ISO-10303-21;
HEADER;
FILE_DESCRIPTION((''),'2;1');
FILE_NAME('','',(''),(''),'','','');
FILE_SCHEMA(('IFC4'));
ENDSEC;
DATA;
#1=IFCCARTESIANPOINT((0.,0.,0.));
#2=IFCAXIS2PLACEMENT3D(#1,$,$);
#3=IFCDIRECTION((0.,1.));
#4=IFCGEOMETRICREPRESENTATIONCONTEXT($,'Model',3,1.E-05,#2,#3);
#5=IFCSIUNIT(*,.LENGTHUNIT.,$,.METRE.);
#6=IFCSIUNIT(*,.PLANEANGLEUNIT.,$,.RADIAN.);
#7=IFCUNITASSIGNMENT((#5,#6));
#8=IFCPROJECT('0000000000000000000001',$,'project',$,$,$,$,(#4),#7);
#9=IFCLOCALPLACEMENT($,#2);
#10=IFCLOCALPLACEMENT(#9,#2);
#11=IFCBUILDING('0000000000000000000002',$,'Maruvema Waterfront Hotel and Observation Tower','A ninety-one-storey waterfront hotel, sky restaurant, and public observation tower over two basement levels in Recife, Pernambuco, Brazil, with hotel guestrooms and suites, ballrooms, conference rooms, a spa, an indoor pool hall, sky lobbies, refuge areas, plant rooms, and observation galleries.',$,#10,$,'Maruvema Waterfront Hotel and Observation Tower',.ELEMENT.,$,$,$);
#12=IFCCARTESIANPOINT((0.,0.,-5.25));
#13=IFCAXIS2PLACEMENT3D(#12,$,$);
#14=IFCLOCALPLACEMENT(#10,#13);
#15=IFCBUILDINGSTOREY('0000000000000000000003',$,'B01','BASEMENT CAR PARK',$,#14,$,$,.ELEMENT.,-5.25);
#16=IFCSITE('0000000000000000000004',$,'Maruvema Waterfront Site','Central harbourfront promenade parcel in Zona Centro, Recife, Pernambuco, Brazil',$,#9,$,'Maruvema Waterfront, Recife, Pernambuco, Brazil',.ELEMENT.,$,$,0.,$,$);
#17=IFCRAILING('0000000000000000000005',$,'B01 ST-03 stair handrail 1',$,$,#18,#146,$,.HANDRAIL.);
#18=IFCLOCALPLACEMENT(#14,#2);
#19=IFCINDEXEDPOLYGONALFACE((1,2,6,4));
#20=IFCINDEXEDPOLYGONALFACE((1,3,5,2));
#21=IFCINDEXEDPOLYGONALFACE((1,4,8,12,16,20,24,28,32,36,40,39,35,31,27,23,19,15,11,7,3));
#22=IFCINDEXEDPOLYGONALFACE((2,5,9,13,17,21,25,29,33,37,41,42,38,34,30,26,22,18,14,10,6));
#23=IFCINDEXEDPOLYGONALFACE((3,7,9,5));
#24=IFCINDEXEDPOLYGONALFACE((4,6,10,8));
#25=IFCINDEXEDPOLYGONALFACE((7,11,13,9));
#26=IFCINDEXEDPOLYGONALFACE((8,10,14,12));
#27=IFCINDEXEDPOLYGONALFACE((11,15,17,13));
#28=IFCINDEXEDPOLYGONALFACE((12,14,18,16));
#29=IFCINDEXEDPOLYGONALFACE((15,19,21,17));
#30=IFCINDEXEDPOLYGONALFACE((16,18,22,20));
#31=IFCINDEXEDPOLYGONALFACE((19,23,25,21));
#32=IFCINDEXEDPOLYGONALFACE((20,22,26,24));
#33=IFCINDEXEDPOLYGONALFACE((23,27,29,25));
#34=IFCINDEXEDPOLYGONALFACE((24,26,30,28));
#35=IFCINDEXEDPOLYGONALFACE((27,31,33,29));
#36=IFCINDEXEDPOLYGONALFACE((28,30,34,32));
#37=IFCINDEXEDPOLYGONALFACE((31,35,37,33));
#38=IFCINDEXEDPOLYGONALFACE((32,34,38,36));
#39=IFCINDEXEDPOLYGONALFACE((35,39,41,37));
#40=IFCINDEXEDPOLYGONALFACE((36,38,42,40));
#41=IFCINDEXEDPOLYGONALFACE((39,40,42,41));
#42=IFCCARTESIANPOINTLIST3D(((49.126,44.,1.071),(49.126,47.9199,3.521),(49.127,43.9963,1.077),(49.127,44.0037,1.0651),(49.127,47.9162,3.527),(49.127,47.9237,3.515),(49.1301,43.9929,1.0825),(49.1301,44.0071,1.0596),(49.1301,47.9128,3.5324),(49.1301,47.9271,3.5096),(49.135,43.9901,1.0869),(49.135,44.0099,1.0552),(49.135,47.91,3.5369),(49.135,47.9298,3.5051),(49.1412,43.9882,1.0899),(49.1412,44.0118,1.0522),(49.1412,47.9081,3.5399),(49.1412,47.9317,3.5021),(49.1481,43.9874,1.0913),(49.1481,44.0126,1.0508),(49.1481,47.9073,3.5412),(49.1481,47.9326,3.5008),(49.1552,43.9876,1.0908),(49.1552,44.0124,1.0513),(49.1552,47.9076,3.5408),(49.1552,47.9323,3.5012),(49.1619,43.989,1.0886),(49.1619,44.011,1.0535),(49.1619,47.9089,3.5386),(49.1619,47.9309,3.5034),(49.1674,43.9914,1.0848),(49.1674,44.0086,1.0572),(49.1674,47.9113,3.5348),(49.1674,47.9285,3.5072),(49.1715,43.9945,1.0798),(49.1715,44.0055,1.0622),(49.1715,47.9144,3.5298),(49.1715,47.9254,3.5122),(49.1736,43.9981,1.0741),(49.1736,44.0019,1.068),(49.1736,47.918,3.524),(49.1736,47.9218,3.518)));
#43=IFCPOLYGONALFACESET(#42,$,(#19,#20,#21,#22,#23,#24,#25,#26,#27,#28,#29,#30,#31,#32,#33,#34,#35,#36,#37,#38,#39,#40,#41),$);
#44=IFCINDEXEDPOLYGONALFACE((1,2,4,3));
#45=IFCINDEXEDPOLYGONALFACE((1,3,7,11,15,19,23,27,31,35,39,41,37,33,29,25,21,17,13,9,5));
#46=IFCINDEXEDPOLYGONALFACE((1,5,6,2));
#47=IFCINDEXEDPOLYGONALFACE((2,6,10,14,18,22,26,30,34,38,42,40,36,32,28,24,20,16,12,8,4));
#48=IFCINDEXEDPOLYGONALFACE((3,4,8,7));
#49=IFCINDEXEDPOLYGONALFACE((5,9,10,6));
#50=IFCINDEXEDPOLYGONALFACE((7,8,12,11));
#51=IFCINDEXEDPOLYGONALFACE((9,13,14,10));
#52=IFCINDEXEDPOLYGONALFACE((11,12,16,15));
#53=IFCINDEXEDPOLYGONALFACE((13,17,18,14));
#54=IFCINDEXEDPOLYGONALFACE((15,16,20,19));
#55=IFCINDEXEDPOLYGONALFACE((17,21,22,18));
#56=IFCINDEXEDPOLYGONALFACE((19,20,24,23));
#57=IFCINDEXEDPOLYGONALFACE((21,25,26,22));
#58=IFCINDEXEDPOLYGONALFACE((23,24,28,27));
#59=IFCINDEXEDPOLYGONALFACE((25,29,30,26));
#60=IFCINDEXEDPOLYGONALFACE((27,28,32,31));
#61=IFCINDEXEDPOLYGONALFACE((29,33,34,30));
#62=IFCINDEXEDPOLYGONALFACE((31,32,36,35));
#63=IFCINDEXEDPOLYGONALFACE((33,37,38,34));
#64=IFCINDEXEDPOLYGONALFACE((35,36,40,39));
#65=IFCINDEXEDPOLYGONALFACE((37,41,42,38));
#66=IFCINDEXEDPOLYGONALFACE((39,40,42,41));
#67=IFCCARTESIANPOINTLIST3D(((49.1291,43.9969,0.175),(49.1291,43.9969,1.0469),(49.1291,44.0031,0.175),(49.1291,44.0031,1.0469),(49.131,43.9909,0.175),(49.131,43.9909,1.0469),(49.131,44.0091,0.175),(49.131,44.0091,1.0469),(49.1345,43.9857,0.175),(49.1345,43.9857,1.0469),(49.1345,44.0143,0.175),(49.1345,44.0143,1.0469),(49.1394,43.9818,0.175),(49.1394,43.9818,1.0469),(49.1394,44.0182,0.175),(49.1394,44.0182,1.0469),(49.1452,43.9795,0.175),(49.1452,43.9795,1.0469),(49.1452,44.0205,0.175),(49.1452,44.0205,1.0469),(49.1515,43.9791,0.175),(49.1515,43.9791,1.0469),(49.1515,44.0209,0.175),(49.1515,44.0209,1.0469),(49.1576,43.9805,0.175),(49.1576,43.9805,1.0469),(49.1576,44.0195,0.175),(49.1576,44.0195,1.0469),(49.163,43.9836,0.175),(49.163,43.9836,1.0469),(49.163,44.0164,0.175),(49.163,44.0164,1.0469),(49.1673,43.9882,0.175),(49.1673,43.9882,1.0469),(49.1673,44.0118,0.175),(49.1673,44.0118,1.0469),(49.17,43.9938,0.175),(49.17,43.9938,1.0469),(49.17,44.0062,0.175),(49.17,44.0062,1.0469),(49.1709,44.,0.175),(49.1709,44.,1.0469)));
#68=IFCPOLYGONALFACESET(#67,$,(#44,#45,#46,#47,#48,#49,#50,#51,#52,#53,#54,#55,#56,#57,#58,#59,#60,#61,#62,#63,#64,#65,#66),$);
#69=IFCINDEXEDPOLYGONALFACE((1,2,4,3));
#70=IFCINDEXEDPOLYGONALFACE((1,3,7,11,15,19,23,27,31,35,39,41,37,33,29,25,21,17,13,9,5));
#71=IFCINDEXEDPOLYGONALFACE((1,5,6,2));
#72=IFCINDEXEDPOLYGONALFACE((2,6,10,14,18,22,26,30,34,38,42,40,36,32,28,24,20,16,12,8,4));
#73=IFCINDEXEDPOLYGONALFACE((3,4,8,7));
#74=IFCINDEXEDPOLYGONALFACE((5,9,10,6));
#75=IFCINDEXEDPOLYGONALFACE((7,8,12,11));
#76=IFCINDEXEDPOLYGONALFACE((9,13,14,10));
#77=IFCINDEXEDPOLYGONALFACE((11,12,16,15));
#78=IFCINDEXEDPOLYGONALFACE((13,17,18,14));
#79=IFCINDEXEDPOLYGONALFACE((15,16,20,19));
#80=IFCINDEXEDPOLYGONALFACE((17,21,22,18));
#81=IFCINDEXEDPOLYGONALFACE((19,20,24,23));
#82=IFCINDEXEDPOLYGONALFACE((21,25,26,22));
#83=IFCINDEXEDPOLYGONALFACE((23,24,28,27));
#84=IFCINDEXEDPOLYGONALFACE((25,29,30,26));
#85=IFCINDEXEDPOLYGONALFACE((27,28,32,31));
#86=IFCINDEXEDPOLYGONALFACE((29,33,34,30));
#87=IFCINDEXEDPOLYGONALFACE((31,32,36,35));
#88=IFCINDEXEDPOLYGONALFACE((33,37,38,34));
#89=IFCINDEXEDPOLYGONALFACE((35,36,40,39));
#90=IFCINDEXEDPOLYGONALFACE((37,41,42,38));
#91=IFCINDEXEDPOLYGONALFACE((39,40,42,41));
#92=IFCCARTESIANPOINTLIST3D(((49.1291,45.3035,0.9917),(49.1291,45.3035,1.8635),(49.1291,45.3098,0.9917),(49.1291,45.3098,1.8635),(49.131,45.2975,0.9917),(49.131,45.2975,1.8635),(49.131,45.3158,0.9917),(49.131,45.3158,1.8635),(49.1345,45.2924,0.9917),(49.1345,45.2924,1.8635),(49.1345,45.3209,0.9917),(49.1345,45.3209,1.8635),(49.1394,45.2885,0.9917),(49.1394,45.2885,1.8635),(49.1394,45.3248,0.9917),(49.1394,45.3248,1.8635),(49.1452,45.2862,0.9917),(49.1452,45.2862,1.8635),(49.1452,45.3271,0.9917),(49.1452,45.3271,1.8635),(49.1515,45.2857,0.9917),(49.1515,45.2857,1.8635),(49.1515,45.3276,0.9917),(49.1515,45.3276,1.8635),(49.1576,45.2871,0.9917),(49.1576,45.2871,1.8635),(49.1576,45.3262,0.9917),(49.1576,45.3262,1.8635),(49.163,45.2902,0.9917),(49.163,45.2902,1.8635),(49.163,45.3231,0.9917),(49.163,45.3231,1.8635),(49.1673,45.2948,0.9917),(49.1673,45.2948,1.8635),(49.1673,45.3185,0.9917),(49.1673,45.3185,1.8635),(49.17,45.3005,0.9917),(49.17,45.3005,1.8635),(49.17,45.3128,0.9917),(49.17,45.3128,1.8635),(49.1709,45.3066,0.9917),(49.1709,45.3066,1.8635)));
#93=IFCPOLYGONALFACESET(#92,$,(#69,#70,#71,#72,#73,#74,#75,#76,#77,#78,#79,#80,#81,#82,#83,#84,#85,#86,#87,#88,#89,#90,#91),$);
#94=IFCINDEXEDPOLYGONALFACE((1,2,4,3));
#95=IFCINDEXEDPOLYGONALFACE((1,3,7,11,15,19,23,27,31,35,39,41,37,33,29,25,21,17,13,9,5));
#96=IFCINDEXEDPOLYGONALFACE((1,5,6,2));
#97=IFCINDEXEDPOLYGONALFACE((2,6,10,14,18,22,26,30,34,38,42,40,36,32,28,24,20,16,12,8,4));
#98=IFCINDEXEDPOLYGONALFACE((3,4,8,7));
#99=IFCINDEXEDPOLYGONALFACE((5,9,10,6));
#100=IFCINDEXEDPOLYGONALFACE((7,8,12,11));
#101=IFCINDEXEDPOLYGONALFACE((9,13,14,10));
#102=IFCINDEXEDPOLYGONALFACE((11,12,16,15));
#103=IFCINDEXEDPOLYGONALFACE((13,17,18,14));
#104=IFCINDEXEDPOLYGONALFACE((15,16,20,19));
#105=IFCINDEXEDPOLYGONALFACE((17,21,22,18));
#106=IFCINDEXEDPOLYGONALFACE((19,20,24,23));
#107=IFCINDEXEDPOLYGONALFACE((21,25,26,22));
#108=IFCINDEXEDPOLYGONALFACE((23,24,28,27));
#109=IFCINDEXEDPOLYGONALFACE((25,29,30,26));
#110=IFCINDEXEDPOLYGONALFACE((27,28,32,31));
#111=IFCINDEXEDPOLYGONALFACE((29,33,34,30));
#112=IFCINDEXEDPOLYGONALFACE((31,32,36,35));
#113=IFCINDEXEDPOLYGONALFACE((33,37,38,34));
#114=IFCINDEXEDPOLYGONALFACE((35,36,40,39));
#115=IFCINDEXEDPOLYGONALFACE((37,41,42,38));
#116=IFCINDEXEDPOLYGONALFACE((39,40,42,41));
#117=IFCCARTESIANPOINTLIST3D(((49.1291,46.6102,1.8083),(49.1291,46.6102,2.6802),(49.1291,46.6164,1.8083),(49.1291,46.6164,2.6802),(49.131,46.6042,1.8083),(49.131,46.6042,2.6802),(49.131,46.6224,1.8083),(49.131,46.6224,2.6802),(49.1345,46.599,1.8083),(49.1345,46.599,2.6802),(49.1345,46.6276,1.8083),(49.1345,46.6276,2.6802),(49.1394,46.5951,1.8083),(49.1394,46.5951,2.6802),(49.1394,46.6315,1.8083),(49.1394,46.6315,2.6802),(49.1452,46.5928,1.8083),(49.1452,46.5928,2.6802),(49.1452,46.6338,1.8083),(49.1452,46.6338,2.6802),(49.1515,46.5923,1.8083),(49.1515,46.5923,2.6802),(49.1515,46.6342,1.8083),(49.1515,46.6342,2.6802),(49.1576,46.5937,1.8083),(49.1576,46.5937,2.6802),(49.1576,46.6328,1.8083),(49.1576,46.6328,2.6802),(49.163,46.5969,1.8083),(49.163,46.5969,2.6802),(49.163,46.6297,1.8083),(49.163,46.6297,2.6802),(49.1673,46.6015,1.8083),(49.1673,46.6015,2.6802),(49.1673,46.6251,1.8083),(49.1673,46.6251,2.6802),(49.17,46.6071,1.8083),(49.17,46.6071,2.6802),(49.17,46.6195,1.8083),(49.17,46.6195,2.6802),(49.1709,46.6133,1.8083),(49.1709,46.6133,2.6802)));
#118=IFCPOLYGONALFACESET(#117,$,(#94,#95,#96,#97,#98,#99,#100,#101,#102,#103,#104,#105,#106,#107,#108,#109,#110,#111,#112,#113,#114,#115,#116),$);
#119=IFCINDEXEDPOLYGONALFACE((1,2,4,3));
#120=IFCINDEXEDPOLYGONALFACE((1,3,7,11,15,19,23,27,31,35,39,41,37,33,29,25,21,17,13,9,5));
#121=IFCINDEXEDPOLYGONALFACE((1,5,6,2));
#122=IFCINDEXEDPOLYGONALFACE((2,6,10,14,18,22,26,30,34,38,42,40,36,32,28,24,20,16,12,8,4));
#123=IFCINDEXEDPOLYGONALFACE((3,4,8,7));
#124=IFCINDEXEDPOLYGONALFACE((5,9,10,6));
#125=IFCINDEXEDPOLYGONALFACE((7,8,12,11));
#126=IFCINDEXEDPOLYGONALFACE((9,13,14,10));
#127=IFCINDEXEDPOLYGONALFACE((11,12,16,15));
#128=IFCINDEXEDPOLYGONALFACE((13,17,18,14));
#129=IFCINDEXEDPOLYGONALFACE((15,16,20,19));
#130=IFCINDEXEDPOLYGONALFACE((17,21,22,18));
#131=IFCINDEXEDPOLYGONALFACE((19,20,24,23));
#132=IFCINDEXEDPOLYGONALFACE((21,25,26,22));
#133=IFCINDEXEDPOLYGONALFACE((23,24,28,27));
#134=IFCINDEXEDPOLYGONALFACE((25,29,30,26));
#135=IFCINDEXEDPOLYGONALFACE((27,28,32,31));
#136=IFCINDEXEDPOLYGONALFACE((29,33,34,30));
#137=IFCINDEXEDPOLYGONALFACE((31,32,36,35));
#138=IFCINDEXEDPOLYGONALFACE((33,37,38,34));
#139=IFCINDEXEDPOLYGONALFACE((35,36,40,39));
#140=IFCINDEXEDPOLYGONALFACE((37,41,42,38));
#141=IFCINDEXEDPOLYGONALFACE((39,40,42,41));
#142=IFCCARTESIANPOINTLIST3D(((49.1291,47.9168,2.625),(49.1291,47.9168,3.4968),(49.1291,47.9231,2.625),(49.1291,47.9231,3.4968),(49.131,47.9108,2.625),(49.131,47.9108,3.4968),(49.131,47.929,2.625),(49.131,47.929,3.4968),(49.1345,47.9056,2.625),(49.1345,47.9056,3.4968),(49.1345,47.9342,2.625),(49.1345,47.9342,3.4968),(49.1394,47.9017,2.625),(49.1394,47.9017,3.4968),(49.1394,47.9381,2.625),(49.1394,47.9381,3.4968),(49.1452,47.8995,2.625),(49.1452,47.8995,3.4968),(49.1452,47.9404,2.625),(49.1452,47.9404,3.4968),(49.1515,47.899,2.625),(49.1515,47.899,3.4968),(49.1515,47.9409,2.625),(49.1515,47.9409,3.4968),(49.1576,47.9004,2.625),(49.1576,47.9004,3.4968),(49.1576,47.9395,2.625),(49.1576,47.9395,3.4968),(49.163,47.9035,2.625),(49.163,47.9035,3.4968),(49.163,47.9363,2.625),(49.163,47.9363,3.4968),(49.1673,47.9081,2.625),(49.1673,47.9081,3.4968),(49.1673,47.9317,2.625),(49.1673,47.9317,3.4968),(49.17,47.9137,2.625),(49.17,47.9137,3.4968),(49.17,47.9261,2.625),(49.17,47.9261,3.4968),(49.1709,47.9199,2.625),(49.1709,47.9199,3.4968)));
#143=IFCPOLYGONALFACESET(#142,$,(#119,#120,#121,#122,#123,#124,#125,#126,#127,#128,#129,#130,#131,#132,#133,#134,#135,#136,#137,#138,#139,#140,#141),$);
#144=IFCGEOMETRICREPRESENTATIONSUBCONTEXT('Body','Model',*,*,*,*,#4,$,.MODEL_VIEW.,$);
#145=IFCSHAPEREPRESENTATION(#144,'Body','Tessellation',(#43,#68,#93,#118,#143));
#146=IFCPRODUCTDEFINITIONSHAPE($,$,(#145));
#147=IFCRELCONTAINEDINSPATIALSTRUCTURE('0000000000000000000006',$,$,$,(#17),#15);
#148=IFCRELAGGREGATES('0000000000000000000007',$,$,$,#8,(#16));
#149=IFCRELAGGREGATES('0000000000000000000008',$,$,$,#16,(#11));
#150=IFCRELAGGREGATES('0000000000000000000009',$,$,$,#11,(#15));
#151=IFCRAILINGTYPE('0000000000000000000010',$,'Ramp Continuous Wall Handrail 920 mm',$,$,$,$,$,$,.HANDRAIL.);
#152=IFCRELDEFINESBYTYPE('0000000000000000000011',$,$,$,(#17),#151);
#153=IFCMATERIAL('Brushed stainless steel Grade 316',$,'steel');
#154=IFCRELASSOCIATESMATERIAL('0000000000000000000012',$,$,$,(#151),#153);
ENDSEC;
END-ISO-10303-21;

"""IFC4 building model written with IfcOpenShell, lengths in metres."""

from ifc_helpers import new_model, si_unit, direction, frame, origin, origin_2d, place, context, subcontext, project, spatial, circle, extrude, material, type_object, element, save


model = new_model("IFC4")

# Units and contexts
model_context = context("Model", 3, precision=1e-05, world=origin(), true_north=direction((0.0, 1.0)))
body_context = subcontext(model_context, "Body", "Model", "MODEL_VIEW")
ifc_project = project(units=[si_unit("LENGTHUNIT", "METRE"), si_unit("PLANEANGLEUNIT", "RADIAN")], contexts=[model_context])

# Site, building, storey
site_placement = place(None, origin())
site = spatial("IfcSite", under=ifc_project, at=site_placement, Name="Maruvema Waterfront Site", Description="Central harbourfront promenade parcel in Zona Centro, Recife, Pernambuco, Brazil", LongName="Maruvema Waterfront, Recife, Pernambuco, Brazil", CompositionType="ELEMENT", RefElevation=0.0)
building_placement = place(site_placement, origin())
building = spatial("IfcBuilding", under=site, at=building_placement, Name="Maruvema Waterfront Hotel and Observation Tower", Description="A ninety-one-storey waterfront hotel, sky restaurant, and public observation tower over two basement levels in Recife, Pernambuco, Brazil, with hotel guestrooms and suites, ballrooms, conference rooms, a spa, an indoor pool hall, sky lobbies, refuge areas, plant rooms, and observation galleries.", LongName="Maruvema Waterfront Hotel and Observation Tower", CompositionType="ELEMENT")
storey_placement = place(building_placement, frame((0.0, 0.0, -5.25)))
storey = spatial("IfcBuildingStorey", under=building, at=storey_placement, Name="B01", Description="BASEMENT CAR PARK", CompositionType="ELEMENT", Elevation=-5.25)

# Railing
ifc_material_1 = material(Name="Brushed stainless steel Grade 316", Category="steel")
railing_type_1 = type_object("IfcRailingType", Name="Ramp Continuous Wall Handrail 920 mm", PredefinedType="HANDRAIL", material=ifc_material_1)
railing_1_placement = place(storey_placement, frame((49.1499, 44.0, 0.175)))
element("IfcRailing", 1, at=railing_1_placement, inside=storey, type_object=railing_type_1, Name="B01 ST-03 stair handrail 1", PredefinedType="HANDRAIL", context=body_context, shape_type="SweptSolid", body=[
    extrude(circle(Radius=0.0239, at=origin_2d()), frame((0.0, 0.0, 0.896), z_axis=(0.0, 0.847998, 0.529999), x_axis=(-1.0, 0.0, 0.0)), (0.0, 0.0, 1.0), 4.6226),
    extrude(circle(Radius=0.021, at=origin_2d()), origin(), (0.0, 0.0, 1.0), 0.8718),
    extrude(circle(Radius=0.021, at=origin_2d()), frame((0.0, 1.3066, 0.8167)), (0.0, 0.0, 1.0), 0.8718),
    extrude(circle(Radius=0.021, at=origin_2d()), frame((0.0, 2.6133, 1.6333)), (0.0, 0.0, 1.0), 0.8718),
    extrude(circle(Radius=0.021, at=origin_2d()), frame((0.0, 3.9199, 2.45)), (0.0, 0.0, 1.0), 0.8718),
])

save(model, "model.ifc")
